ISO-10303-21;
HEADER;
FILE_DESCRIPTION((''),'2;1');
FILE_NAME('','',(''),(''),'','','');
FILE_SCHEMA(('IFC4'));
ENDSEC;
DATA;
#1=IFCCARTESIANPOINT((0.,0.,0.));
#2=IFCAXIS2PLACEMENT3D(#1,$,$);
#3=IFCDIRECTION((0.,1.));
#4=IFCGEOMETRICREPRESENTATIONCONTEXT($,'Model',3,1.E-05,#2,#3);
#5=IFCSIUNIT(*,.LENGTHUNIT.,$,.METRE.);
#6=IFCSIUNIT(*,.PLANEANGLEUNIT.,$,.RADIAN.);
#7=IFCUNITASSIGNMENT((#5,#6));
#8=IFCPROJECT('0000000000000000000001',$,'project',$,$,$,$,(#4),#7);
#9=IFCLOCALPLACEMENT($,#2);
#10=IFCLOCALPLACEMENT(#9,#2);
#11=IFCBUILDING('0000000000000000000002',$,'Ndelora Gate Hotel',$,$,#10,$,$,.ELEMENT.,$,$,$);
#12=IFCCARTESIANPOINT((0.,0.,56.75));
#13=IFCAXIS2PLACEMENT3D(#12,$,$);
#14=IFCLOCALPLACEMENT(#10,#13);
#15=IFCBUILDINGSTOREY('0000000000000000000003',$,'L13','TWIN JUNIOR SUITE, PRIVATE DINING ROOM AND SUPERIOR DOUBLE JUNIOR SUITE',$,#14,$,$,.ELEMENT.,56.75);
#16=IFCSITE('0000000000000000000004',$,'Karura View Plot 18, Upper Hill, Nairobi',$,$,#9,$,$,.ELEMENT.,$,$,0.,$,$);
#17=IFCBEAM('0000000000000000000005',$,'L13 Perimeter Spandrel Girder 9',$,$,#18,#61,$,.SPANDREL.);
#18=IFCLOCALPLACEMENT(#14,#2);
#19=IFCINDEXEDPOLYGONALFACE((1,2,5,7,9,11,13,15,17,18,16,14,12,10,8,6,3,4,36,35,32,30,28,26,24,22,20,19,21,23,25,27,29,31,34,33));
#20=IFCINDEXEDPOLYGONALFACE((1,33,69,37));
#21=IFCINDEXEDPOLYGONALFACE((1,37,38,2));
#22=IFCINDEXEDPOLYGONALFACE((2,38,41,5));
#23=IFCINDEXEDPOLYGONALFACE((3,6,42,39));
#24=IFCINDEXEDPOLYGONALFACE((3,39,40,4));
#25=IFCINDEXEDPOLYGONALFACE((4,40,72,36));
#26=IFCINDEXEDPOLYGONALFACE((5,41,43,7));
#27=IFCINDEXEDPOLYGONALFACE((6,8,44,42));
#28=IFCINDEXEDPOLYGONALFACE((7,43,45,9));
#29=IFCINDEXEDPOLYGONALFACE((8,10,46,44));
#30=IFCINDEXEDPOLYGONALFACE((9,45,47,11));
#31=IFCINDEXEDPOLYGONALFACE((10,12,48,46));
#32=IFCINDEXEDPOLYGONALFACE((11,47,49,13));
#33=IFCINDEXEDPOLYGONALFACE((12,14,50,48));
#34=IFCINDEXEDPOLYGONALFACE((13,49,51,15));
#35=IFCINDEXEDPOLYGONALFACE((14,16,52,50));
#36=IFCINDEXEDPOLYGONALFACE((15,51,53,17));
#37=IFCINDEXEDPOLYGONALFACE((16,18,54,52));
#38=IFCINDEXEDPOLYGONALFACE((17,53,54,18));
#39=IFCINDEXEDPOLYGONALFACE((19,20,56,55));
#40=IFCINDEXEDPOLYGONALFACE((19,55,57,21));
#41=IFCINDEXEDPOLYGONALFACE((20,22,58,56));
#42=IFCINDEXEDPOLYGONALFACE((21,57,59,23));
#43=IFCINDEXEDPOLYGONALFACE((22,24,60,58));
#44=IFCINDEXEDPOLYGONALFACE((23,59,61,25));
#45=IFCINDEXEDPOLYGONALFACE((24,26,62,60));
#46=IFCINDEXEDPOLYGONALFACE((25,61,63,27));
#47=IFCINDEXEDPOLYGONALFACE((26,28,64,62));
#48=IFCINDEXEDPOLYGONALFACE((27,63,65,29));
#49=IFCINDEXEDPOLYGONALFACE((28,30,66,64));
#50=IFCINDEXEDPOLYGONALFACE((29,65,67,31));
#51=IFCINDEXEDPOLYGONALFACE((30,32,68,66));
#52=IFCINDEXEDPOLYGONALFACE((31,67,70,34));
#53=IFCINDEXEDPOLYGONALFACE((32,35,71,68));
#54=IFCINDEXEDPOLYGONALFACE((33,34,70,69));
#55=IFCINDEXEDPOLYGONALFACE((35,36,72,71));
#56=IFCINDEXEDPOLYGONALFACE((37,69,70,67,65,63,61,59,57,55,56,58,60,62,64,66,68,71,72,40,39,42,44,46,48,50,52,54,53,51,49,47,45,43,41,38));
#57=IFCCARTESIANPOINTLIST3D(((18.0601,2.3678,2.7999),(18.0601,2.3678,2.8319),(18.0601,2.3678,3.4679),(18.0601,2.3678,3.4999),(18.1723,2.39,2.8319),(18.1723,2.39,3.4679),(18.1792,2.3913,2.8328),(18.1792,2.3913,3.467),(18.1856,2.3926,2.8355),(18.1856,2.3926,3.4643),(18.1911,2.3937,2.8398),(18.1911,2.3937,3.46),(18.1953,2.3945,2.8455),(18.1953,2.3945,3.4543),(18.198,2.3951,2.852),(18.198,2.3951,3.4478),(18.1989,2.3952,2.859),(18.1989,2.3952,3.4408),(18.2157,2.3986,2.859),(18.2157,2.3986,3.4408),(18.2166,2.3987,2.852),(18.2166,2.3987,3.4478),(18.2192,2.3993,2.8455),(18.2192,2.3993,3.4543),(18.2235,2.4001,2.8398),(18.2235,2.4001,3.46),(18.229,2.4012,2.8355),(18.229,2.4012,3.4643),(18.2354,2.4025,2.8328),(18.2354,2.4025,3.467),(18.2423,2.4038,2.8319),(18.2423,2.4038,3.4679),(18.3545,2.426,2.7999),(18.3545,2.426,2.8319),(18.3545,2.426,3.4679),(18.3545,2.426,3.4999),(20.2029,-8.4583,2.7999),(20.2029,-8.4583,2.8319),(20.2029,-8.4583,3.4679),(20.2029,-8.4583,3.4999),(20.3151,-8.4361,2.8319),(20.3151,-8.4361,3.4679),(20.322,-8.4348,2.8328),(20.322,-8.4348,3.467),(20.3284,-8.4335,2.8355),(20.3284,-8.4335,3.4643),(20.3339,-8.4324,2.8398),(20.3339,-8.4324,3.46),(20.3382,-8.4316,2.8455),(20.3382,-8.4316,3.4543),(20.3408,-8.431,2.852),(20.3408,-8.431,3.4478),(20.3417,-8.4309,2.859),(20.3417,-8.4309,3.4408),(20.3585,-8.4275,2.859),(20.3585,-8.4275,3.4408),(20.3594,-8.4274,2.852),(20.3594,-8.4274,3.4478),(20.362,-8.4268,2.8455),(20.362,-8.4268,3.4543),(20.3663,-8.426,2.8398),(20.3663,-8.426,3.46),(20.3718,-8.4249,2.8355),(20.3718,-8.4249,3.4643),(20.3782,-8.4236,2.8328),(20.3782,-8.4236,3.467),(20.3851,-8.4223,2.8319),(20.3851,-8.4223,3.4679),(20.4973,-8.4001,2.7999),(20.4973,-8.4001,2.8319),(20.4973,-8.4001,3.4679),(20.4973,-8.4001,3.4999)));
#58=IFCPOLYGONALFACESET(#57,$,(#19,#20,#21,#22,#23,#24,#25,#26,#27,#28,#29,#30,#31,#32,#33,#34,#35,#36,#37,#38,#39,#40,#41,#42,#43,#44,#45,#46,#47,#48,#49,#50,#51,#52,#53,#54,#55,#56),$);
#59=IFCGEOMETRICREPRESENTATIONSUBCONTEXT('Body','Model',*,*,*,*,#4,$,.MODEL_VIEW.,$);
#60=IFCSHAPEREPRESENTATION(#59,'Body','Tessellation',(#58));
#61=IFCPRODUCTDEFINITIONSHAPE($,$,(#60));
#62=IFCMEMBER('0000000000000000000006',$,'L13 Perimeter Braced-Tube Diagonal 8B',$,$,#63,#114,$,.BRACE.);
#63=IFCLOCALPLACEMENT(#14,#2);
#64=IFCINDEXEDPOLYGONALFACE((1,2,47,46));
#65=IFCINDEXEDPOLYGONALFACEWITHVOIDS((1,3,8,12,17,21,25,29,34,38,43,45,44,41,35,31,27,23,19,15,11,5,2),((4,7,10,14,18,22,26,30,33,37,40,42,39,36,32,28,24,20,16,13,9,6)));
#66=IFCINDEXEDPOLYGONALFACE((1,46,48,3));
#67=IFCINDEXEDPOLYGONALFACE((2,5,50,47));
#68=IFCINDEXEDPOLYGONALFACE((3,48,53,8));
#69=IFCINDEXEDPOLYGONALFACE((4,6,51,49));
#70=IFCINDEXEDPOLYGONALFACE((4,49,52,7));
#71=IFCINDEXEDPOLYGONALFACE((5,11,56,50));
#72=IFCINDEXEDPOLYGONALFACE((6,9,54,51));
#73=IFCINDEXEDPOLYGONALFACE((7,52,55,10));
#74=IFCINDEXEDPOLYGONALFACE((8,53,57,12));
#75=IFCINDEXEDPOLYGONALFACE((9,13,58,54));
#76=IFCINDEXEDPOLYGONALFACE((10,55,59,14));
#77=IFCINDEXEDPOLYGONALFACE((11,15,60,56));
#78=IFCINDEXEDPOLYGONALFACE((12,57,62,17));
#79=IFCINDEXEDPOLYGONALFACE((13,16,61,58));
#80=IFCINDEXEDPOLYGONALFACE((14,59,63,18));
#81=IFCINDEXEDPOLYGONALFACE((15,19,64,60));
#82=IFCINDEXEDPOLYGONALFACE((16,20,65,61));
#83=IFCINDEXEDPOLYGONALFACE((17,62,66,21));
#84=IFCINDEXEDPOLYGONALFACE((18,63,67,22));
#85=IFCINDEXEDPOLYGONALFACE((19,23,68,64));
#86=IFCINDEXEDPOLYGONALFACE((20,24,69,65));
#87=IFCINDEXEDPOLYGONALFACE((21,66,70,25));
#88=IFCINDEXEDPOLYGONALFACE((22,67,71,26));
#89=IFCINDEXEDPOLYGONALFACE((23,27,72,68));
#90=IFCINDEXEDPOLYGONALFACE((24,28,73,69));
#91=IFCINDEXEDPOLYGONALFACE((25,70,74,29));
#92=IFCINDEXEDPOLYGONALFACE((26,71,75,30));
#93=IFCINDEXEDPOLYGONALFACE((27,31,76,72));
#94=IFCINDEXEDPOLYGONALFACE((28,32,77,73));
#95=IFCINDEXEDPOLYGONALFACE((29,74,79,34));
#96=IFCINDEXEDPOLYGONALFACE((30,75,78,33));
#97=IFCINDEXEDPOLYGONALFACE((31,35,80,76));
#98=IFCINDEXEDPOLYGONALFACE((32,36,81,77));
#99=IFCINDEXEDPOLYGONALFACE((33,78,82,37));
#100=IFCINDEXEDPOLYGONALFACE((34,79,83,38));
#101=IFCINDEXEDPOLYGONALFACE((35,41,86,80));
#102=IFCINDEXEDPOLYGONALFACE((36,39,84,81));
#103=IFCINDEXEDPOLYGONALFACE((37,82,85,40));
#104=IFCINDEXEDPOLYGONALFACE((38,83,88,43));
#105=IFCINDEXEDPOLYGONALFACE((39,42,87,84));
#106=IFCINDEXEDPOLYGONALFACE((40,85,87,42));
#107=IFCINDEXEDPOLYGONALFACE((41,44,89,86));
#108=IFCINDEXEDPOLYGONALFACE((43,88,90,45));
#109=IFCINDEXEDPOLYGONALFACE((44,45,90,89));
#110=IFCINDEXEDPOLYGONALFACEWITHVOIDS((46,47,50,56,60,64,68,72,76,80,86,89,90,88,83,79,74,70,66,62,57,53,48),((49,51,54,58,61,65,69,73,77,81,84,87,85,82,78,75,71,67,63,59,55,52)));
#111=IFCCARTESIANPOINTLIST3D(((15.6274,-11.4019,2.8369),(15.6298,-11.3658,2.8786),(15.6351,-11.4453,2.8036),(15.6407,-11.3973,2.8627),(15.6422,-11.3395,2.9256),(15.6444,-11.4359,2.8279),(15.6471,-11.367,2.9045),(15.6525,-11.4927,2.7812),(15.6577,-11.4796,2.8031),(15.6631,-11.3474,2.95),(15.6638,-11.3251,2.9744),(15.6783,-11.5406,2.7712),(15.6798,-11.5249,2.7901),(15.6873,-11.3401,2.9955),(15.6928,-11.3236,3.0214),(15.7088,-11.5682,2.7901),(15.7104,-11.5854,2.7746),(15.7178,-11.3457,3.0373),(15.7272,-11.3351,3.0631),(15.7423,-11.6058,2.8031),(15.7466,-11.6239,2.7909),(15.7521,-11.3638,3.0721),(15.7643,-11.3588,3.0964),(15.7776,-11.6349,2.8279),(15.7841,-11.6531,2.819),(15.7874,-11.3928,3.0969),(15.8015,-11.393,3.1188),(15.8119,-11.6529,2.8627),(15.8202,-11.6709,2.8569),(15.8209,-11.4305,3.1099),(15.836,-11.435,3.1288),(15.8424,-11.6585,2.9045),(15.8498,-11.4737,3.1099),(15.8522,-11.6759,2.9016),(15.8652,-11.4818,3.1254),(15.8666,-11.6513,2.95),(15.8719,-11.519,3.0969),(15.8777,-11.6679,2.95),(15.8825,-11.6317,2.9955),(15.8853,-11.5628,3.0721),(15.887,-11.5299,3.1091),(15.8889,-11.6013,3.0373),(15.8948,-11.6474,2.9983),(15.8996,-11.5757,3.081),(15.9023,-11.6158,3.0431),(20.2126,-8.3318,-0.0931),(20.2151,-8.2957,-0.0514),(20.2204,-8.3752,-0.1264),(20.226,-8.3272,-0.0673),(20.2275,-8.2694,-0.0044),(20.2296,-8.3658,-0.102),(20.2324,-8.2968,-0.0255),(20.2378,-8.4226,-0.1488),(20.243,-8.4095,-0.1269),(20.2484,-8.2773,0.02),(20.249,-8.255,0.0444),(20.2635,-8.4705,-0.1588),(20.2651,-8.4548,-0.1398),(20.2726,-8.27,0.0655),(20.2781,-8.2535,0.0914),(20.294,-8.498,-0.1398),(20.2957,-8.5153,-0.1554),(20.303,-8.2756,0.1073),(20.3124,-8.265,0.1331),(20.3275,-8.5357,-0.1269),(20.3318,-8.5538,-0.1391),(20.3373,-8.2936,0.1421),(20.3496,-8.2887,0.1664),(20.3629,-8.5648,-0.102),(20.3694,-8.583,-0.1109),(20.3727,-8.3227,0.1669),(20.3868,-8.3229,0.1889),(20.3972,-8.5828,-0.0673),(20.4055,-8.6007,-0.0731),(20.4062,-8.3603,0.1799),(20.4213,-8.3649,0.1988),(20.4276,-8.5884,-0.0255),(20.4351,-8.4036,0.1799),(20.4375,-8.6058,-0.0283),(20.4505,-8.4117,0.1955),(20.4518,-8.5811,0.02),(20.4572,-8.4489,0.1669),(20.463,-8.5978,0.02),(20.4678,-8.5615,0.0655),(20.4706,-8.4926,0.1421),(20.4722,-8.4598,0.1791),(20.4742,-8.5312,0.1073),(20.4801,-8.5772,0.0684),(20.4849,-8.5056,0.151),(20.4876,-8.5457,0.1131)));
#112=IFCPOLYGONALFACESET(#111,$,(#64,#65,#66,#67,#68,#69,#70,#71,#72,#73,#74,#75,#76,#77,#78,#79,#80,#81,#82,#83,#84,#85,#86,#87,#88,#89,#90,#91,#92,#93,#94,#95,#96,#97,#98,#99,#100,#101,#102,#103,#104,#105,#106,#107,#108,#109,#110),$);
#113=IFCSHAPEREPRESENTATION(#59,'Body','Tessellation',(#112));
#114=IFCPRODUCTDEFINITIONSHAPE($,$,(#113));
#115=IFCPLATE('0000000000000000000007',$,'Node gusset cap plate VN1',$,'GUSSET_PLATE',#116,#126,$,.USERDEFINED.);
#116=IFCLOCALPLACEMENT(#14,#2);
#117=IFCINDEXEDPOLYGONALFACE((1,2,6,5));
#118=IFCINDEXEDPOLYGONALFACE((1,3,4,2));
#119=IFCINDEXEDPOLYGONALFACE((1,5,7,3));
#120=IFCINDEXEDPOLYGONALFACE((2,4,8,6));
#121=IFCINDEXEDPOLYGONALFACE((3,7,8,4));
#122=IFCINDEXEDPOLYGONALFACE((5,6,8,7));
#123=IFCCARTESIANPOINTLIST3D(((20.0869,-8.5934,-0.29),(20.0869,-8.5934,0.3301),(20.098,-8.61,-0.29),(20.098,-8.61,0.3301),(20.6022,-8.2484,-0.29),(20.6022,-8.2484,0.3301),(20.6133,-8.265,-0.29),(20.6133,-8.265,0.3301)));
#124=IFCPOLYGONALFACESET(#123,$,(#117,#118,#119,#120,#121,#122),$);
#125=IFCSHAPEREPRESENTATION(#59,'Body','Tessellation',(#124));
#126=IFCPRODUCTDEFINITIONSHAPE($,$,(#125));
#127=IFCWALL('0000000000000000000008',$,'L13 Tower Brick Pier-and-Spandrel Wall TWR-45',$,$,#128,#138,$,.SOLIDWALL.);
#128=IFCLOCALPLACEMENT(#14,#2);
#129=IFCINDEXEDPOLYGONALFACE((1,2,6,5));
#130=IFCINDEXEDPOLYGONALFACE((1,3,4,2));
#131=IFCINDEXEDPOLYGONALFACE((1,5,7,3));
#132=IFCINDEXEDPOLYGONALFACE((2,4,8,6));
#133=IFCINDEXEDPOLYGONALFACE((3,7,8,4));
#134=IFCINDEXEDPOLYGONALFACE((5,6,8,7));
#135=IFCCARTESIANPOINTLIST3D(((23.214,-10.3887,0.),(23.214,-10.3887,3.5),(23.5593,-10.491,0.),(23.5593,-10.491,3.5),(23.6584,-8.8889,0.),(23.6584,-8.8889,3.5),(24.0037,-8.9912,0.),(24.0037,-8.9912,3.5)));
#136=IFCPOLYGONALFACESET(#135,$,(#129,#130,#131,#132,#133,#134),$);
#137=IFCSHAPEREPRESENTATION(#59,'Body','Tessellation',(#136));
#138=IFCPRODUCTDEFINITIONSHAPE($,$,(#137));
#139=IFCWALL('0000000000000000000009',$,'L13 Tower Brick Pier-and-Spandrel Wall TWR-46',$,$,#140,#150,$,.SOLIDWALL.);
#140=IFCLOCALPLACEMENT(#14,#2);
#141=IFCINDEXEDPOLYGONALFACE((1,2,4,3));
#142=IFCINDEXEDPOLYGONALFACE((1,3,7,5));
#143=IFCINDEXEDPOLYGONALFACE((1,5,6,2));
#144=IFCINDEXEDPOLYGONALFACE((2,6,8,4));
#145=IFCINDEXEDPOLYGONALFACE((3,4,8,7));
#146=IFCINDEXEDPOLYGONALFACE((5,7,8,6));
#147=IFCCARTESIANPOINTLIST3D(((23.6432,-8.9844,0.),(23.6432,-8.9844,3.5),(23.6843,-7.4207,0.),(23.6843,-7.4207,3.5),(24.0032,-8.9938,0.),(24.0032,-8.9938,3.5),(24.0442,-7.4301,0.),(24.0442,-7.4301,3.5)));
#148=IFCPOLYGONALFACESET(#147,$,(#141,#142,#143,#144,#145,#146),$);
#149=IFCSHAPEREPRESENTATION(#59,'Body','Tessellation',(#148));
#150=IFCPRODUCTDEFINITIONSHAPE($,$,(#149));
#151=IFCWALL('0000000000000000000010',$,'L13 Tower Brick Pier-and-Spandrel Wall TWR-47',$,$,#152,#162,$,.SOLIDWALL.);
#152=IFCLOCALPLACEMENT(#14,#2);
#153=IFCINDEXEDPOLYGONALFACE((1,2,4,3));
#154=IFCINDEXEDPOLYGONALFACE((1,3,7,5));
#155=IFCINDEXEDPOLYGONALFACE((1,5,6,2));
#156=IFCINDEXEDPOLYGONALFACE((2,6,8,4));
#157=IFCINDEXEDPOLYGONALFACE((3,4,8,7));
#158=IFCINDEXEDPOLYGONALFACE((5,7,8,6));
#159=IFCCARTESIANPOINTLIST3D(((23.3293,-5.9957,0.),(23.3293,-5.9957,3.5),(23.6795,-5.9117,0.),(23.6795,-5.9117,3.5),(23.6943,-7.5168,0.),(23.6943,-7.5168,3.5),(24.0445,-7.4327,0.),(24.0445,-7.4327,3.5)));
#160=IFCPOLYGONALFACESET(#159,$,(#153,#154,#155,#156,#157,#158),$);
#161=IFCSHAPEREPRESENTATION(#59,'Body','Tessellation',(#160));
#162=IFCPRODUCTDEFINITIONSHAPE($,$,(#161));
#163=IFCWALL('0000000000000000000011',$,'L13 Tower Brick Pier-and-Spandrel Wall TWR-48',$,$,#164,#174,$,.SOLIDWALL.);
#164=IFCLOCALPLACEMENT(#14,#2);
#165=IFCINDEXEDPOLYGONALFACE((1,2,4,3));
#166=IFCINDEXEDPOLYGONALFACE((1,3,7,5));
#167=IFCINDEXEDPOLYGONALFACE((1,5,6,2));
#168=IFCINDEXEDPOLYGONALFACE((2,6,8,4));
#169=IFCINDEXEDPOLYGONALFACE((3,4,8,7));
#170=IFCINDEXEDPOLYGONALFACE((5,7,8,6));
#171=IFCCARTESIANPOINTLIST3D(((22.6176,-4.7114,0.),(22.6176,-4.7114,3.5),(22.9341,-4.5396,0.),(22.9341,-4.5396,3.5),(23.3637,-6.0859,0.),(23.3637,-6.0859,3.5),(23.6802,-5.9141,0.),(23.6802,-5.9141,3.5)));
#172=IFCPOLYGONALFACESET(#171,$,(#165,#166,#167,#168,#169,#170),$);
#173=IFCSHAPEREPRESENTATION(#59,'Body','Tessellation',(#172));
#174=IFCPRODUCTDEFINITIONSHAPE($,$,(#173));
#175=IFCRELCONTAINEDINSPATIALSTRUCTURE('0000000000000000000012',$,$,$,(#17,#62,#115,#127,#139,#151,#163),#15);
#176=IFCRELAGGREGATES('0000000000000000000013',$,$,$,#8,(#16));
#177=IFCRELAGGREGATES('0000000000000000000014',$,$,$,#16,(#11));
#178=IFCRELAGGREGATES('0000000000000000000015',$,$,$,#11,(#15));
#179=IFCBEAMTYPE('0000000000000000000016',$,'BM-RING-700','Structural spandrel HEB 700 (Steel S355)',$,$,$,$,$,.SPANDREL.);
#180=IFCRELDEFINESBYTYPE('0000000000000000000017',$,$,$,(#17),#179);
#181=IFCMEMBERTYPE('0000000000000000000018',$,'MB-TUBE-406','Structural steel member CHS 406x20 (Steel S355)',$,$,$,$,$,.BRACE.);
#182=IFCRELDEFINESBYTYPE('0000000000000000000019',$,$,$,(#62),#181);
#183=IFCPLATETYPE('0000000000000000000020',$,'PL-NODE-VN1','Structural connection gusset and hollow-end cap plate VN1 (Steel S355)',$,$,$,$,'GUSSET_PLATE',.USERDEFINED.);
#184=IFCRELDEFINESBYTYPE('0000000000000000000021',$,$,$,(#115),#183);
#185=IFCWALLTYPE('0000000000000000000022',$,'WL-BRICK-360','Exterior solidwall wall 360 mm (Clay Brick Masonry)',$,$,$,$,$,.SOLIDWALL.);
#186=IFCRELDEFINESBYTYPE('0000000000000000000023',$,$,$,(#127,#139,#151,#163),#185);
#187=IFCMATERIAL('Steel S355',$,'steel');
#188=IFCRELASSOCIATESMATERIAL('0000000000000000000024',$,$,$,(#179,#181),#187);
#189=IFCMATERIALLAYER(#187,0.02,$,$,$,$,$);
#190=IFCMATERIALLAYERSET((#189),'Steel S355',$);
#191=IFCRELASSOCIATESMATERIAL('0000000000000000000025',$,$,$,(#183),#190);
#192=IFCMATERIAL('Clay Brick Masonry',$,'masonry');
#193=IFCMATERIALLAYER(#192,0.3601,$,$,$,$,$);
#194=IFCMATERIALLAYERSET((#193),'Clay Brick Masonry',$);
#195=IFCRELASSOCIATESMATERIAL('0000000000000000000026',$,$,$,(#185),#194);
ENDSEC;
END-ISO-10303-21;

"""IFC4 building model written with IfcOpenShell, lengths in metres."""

from ifc_helpers import new_model, si_unit, direction, frame, frame_2d, origin, origin_2d, place, context, subcontext, project, spatial, rectangle, hollow_circle, i_section, extrude, material, layer, layer_set, material_profile, profile_set, type_object, element, save


model = new_model("IFC4")

# Units and contexts
model_context = context("Model", 3, precision=1e-05, world=origin(), true_north=direction((0.0, 1.0)))
body_context = subcontext(model_context, "Body", "Model", "MODEL_VIEW")
ifc_project = project(units=[si_unit("LENGTHUNIT", "METRE"), si_unit("PLANEANGLEUNIT", "RADIAN")], contexts=[model_context])

# Site, building, storey
site_placement = place(None, origin())
site = spatial("IfcSite", under=ifc_project, at=site_placement, Name="Karura View Plot 18, Upper Hill, Nairobi", CompositionType="ELEMENT", RefElevation=0.0)
building_placement = place(site_placement, origin())
building = spatial("IfcBuilding", under=site, at=building_placement, Name="Ndelora Gate Hotel", CompositionType="ELEMENT")
storey_placement = place(building_placement, frame((0.0, 0.0, 56.75)))
storey = spatial("IfcBuildingStorey", under=building, at=storey_placement, Name="L13", Description="TWIN JUNIOR SUITE, PRIVATE DINING ROOM AND SUPERIOR DOUBLE JUNIOR SUITE", CompositionType="ELEMENT", Elevation=56.75)

# Beam
ifc_material_1 = material(Name="Steel S355", Category="steel")
ifc_material_profile_1 = material_profile(ifc_material_1, i_section(OverallWidth=0.3, OverallDepth=0.7, WebThickness=0.0171, FlangeThickness=0.032, FilletRadius=0.0271, at=origin_2d()), Name="HEB 700")
ifc_profile_set_1 = profile_set([ifc_material_profile_1], Name="Steel S355")
beam_type_1 = type_object("IfcBeamType", Name="BM-RING-700", Description="Structural spandrel HEB 700 (Steel S355)", PredefinedType="SPANDREL", material=ifc_profile_set_1)
beam_1_placement = place(storey_placement, frame((20.3501, -8.4292, 3.1499), z_axis=(-0.194163, 0.980969, 0.0), x_axis=(-0.980969, -0.194163, 0.0)))
element("IfcBeam", 1, at=beam_1_placement, inside=storey, type_object=beam_type_1, Name="L13 Perimeter Spandrel Girder 9", PredefinedType="SPANDREL", context=body_context, shape_type="SweptSolid", body=[
    extrude(i_section(OverallWidth=0.3, OverallDepth=0.7, WebThickness=0.0171, FlangeThickness=0.032, FilletRadius=0.0271, at=origin_2d()), origin(), (0.0, 0.0, 1.0), 11.0361),
])

# Member
ifc_material_profile_2 = material_profile(ifc_material_1, hollow_circle(Radius=0.2029, WallThickness=0.02, at=origin_2d()), Name="CHS 406x20")
ifc_profile_set_2 = profile_set([ifc_material_profile_2], Name="Steel S355")
member_type = type_object("IfcMemberType", Name="MB-TUBE-406", Description="Structural steel member CHS 406x20 (Steel S355)", PredefinedType="BRACE", material=ifc_profile_set_2)
member_placement = place(storey_placement, frame((20.3501, -8.4292, 0.02), z_axis=(-0.733901, -0.491391, 0.468961), x_axis=(0.556363, -0.830939, 0.0)))
element("IfcMember", 2, at=member_placement, inside=storey, type_object=member_type, Name="L13 Perimeter Braced-Tube Diagonal 8B", PredefinedType="BRACE", context=body_context, shape_type="SweptSolid", body=[
    extrude(hollow_circle(Radius=0.2029, WallThickness=0.02, at=origin_2d()), origin(), (0.0, 0.0, 1.0), 6.2478),
])

# Plate
ifc_layer_1 = layer(ifc_material_1, 0.02)
ifc_layer_set_1 = layer_set([ifc_layer_1], Name="Steel S355")
plate_type = type_object("IfcPlateType", Name="PL-NODE-VN1", Description="Structural connection gusset and hollow-end cap plate VN1 (Steel S355)", ElementType="GUSSET_PLATE", PredefinedType="USERDEFINED", material=ifc_layer_set_1)
plate_placement = place(storey_placement, frame((20.3501, -8.4292, -0.29), z_axis=(0.0, 0.0, 1.0), x_axis=(0.830984, 0.556296, 0.0)))
element("IfcPlate", 3, at=plate_placement, inside=storey, type_object=plate_type, Name="Node gusset cap plate VN1", ObjectType="GUSSET_PLATE", PredefinedType="USERDEFINED", context=body_context, shape_type="SweptSolid", body=[
    extrude(rectangle(XDim=0.6201, YDim=0.02, at=origin_2d()), origin(), (0.0, 0.0, 1.0), 0.6201),
])

# Walls
ifc_material_2 = material(Name="Clay Brick Masonry", Category="masonry")
ifc_layer_2 = layer(ifc_material_2, 0.3601)
ifc_layer_set_2 = layer_set([ifc_layer_2], Name="Clay Brick Masonry")
wall_type_1 = type_object("IfcWallType", Name="WL-BRICK-360", Description="Exterior solidwall wall 360 mm (Clay Brick Masonry)", PredefinedType="SOLIDWALL", material=ifc_layer_set_2)
for number, where, z_axis, x_axis, name in (
    (4, (23.8311, -8.9399, 0.0), (0.0, 0.0, 1.0), (-0.284067, -0.958804, 0.0), "L13 Tower Brick Pier-and-Spandrel Wall TWR-45"),
    (5, (23.8643, -7.4253, 0.0), (0.0, 0.0, 1.0), (-0.02622, -0.999656, 0.0), "L13 Tower Brick Pier-and-Spandrel Wall TWR-46"),
    (6, (23.5044, -5.9536, 0.0), (0.0, 0.0, 1.0), (0.233343, -0.972394, 0.0), "L13 Tower Brick Pier-and-Spandrel Wall TWR-47"),
):
    element("IfcWall", number, at=place(storey_placement, frame(where, z_axis=z_axis, x_axis=x_axis)), inside=storey, type_object=wall_type_1, Name=name, PredefinedType="SOLIDWALL", context=body_context, shape_type="SweptSolid", body=[
        extrude(rectangle(XDim=1.5642, YDim=0.3601, at=frame_2d((0.7822, 0.0))), origin(), (0.0, 0.0, 1.0), 3.5),
    ])
wall_1_placement = place(storey_placement, frame((22.7759, -4.6255, 0.0), z_axis=(0.0, 0.0, 1.0), x_axis=(0.477057, -0.878872, 0.0)))
element("IfcWall", 7, at=wall_1_placement, inside=storey, type_object=wall_type_1, Name="L13 Tower Brick Pier-and-Spandrel Wall TWR-48", PredefinedType="SOLIDWALL", context=body_context, shape_type="SweptSolid", body=[
    extrude(rectangle(XDim=1.564, YDim=0.3601, at=frame_2d((0.782, 0.0))), origin(), (0.0, 0.0, 1.0), 3.5),
])

save(model, "model.ifc")
